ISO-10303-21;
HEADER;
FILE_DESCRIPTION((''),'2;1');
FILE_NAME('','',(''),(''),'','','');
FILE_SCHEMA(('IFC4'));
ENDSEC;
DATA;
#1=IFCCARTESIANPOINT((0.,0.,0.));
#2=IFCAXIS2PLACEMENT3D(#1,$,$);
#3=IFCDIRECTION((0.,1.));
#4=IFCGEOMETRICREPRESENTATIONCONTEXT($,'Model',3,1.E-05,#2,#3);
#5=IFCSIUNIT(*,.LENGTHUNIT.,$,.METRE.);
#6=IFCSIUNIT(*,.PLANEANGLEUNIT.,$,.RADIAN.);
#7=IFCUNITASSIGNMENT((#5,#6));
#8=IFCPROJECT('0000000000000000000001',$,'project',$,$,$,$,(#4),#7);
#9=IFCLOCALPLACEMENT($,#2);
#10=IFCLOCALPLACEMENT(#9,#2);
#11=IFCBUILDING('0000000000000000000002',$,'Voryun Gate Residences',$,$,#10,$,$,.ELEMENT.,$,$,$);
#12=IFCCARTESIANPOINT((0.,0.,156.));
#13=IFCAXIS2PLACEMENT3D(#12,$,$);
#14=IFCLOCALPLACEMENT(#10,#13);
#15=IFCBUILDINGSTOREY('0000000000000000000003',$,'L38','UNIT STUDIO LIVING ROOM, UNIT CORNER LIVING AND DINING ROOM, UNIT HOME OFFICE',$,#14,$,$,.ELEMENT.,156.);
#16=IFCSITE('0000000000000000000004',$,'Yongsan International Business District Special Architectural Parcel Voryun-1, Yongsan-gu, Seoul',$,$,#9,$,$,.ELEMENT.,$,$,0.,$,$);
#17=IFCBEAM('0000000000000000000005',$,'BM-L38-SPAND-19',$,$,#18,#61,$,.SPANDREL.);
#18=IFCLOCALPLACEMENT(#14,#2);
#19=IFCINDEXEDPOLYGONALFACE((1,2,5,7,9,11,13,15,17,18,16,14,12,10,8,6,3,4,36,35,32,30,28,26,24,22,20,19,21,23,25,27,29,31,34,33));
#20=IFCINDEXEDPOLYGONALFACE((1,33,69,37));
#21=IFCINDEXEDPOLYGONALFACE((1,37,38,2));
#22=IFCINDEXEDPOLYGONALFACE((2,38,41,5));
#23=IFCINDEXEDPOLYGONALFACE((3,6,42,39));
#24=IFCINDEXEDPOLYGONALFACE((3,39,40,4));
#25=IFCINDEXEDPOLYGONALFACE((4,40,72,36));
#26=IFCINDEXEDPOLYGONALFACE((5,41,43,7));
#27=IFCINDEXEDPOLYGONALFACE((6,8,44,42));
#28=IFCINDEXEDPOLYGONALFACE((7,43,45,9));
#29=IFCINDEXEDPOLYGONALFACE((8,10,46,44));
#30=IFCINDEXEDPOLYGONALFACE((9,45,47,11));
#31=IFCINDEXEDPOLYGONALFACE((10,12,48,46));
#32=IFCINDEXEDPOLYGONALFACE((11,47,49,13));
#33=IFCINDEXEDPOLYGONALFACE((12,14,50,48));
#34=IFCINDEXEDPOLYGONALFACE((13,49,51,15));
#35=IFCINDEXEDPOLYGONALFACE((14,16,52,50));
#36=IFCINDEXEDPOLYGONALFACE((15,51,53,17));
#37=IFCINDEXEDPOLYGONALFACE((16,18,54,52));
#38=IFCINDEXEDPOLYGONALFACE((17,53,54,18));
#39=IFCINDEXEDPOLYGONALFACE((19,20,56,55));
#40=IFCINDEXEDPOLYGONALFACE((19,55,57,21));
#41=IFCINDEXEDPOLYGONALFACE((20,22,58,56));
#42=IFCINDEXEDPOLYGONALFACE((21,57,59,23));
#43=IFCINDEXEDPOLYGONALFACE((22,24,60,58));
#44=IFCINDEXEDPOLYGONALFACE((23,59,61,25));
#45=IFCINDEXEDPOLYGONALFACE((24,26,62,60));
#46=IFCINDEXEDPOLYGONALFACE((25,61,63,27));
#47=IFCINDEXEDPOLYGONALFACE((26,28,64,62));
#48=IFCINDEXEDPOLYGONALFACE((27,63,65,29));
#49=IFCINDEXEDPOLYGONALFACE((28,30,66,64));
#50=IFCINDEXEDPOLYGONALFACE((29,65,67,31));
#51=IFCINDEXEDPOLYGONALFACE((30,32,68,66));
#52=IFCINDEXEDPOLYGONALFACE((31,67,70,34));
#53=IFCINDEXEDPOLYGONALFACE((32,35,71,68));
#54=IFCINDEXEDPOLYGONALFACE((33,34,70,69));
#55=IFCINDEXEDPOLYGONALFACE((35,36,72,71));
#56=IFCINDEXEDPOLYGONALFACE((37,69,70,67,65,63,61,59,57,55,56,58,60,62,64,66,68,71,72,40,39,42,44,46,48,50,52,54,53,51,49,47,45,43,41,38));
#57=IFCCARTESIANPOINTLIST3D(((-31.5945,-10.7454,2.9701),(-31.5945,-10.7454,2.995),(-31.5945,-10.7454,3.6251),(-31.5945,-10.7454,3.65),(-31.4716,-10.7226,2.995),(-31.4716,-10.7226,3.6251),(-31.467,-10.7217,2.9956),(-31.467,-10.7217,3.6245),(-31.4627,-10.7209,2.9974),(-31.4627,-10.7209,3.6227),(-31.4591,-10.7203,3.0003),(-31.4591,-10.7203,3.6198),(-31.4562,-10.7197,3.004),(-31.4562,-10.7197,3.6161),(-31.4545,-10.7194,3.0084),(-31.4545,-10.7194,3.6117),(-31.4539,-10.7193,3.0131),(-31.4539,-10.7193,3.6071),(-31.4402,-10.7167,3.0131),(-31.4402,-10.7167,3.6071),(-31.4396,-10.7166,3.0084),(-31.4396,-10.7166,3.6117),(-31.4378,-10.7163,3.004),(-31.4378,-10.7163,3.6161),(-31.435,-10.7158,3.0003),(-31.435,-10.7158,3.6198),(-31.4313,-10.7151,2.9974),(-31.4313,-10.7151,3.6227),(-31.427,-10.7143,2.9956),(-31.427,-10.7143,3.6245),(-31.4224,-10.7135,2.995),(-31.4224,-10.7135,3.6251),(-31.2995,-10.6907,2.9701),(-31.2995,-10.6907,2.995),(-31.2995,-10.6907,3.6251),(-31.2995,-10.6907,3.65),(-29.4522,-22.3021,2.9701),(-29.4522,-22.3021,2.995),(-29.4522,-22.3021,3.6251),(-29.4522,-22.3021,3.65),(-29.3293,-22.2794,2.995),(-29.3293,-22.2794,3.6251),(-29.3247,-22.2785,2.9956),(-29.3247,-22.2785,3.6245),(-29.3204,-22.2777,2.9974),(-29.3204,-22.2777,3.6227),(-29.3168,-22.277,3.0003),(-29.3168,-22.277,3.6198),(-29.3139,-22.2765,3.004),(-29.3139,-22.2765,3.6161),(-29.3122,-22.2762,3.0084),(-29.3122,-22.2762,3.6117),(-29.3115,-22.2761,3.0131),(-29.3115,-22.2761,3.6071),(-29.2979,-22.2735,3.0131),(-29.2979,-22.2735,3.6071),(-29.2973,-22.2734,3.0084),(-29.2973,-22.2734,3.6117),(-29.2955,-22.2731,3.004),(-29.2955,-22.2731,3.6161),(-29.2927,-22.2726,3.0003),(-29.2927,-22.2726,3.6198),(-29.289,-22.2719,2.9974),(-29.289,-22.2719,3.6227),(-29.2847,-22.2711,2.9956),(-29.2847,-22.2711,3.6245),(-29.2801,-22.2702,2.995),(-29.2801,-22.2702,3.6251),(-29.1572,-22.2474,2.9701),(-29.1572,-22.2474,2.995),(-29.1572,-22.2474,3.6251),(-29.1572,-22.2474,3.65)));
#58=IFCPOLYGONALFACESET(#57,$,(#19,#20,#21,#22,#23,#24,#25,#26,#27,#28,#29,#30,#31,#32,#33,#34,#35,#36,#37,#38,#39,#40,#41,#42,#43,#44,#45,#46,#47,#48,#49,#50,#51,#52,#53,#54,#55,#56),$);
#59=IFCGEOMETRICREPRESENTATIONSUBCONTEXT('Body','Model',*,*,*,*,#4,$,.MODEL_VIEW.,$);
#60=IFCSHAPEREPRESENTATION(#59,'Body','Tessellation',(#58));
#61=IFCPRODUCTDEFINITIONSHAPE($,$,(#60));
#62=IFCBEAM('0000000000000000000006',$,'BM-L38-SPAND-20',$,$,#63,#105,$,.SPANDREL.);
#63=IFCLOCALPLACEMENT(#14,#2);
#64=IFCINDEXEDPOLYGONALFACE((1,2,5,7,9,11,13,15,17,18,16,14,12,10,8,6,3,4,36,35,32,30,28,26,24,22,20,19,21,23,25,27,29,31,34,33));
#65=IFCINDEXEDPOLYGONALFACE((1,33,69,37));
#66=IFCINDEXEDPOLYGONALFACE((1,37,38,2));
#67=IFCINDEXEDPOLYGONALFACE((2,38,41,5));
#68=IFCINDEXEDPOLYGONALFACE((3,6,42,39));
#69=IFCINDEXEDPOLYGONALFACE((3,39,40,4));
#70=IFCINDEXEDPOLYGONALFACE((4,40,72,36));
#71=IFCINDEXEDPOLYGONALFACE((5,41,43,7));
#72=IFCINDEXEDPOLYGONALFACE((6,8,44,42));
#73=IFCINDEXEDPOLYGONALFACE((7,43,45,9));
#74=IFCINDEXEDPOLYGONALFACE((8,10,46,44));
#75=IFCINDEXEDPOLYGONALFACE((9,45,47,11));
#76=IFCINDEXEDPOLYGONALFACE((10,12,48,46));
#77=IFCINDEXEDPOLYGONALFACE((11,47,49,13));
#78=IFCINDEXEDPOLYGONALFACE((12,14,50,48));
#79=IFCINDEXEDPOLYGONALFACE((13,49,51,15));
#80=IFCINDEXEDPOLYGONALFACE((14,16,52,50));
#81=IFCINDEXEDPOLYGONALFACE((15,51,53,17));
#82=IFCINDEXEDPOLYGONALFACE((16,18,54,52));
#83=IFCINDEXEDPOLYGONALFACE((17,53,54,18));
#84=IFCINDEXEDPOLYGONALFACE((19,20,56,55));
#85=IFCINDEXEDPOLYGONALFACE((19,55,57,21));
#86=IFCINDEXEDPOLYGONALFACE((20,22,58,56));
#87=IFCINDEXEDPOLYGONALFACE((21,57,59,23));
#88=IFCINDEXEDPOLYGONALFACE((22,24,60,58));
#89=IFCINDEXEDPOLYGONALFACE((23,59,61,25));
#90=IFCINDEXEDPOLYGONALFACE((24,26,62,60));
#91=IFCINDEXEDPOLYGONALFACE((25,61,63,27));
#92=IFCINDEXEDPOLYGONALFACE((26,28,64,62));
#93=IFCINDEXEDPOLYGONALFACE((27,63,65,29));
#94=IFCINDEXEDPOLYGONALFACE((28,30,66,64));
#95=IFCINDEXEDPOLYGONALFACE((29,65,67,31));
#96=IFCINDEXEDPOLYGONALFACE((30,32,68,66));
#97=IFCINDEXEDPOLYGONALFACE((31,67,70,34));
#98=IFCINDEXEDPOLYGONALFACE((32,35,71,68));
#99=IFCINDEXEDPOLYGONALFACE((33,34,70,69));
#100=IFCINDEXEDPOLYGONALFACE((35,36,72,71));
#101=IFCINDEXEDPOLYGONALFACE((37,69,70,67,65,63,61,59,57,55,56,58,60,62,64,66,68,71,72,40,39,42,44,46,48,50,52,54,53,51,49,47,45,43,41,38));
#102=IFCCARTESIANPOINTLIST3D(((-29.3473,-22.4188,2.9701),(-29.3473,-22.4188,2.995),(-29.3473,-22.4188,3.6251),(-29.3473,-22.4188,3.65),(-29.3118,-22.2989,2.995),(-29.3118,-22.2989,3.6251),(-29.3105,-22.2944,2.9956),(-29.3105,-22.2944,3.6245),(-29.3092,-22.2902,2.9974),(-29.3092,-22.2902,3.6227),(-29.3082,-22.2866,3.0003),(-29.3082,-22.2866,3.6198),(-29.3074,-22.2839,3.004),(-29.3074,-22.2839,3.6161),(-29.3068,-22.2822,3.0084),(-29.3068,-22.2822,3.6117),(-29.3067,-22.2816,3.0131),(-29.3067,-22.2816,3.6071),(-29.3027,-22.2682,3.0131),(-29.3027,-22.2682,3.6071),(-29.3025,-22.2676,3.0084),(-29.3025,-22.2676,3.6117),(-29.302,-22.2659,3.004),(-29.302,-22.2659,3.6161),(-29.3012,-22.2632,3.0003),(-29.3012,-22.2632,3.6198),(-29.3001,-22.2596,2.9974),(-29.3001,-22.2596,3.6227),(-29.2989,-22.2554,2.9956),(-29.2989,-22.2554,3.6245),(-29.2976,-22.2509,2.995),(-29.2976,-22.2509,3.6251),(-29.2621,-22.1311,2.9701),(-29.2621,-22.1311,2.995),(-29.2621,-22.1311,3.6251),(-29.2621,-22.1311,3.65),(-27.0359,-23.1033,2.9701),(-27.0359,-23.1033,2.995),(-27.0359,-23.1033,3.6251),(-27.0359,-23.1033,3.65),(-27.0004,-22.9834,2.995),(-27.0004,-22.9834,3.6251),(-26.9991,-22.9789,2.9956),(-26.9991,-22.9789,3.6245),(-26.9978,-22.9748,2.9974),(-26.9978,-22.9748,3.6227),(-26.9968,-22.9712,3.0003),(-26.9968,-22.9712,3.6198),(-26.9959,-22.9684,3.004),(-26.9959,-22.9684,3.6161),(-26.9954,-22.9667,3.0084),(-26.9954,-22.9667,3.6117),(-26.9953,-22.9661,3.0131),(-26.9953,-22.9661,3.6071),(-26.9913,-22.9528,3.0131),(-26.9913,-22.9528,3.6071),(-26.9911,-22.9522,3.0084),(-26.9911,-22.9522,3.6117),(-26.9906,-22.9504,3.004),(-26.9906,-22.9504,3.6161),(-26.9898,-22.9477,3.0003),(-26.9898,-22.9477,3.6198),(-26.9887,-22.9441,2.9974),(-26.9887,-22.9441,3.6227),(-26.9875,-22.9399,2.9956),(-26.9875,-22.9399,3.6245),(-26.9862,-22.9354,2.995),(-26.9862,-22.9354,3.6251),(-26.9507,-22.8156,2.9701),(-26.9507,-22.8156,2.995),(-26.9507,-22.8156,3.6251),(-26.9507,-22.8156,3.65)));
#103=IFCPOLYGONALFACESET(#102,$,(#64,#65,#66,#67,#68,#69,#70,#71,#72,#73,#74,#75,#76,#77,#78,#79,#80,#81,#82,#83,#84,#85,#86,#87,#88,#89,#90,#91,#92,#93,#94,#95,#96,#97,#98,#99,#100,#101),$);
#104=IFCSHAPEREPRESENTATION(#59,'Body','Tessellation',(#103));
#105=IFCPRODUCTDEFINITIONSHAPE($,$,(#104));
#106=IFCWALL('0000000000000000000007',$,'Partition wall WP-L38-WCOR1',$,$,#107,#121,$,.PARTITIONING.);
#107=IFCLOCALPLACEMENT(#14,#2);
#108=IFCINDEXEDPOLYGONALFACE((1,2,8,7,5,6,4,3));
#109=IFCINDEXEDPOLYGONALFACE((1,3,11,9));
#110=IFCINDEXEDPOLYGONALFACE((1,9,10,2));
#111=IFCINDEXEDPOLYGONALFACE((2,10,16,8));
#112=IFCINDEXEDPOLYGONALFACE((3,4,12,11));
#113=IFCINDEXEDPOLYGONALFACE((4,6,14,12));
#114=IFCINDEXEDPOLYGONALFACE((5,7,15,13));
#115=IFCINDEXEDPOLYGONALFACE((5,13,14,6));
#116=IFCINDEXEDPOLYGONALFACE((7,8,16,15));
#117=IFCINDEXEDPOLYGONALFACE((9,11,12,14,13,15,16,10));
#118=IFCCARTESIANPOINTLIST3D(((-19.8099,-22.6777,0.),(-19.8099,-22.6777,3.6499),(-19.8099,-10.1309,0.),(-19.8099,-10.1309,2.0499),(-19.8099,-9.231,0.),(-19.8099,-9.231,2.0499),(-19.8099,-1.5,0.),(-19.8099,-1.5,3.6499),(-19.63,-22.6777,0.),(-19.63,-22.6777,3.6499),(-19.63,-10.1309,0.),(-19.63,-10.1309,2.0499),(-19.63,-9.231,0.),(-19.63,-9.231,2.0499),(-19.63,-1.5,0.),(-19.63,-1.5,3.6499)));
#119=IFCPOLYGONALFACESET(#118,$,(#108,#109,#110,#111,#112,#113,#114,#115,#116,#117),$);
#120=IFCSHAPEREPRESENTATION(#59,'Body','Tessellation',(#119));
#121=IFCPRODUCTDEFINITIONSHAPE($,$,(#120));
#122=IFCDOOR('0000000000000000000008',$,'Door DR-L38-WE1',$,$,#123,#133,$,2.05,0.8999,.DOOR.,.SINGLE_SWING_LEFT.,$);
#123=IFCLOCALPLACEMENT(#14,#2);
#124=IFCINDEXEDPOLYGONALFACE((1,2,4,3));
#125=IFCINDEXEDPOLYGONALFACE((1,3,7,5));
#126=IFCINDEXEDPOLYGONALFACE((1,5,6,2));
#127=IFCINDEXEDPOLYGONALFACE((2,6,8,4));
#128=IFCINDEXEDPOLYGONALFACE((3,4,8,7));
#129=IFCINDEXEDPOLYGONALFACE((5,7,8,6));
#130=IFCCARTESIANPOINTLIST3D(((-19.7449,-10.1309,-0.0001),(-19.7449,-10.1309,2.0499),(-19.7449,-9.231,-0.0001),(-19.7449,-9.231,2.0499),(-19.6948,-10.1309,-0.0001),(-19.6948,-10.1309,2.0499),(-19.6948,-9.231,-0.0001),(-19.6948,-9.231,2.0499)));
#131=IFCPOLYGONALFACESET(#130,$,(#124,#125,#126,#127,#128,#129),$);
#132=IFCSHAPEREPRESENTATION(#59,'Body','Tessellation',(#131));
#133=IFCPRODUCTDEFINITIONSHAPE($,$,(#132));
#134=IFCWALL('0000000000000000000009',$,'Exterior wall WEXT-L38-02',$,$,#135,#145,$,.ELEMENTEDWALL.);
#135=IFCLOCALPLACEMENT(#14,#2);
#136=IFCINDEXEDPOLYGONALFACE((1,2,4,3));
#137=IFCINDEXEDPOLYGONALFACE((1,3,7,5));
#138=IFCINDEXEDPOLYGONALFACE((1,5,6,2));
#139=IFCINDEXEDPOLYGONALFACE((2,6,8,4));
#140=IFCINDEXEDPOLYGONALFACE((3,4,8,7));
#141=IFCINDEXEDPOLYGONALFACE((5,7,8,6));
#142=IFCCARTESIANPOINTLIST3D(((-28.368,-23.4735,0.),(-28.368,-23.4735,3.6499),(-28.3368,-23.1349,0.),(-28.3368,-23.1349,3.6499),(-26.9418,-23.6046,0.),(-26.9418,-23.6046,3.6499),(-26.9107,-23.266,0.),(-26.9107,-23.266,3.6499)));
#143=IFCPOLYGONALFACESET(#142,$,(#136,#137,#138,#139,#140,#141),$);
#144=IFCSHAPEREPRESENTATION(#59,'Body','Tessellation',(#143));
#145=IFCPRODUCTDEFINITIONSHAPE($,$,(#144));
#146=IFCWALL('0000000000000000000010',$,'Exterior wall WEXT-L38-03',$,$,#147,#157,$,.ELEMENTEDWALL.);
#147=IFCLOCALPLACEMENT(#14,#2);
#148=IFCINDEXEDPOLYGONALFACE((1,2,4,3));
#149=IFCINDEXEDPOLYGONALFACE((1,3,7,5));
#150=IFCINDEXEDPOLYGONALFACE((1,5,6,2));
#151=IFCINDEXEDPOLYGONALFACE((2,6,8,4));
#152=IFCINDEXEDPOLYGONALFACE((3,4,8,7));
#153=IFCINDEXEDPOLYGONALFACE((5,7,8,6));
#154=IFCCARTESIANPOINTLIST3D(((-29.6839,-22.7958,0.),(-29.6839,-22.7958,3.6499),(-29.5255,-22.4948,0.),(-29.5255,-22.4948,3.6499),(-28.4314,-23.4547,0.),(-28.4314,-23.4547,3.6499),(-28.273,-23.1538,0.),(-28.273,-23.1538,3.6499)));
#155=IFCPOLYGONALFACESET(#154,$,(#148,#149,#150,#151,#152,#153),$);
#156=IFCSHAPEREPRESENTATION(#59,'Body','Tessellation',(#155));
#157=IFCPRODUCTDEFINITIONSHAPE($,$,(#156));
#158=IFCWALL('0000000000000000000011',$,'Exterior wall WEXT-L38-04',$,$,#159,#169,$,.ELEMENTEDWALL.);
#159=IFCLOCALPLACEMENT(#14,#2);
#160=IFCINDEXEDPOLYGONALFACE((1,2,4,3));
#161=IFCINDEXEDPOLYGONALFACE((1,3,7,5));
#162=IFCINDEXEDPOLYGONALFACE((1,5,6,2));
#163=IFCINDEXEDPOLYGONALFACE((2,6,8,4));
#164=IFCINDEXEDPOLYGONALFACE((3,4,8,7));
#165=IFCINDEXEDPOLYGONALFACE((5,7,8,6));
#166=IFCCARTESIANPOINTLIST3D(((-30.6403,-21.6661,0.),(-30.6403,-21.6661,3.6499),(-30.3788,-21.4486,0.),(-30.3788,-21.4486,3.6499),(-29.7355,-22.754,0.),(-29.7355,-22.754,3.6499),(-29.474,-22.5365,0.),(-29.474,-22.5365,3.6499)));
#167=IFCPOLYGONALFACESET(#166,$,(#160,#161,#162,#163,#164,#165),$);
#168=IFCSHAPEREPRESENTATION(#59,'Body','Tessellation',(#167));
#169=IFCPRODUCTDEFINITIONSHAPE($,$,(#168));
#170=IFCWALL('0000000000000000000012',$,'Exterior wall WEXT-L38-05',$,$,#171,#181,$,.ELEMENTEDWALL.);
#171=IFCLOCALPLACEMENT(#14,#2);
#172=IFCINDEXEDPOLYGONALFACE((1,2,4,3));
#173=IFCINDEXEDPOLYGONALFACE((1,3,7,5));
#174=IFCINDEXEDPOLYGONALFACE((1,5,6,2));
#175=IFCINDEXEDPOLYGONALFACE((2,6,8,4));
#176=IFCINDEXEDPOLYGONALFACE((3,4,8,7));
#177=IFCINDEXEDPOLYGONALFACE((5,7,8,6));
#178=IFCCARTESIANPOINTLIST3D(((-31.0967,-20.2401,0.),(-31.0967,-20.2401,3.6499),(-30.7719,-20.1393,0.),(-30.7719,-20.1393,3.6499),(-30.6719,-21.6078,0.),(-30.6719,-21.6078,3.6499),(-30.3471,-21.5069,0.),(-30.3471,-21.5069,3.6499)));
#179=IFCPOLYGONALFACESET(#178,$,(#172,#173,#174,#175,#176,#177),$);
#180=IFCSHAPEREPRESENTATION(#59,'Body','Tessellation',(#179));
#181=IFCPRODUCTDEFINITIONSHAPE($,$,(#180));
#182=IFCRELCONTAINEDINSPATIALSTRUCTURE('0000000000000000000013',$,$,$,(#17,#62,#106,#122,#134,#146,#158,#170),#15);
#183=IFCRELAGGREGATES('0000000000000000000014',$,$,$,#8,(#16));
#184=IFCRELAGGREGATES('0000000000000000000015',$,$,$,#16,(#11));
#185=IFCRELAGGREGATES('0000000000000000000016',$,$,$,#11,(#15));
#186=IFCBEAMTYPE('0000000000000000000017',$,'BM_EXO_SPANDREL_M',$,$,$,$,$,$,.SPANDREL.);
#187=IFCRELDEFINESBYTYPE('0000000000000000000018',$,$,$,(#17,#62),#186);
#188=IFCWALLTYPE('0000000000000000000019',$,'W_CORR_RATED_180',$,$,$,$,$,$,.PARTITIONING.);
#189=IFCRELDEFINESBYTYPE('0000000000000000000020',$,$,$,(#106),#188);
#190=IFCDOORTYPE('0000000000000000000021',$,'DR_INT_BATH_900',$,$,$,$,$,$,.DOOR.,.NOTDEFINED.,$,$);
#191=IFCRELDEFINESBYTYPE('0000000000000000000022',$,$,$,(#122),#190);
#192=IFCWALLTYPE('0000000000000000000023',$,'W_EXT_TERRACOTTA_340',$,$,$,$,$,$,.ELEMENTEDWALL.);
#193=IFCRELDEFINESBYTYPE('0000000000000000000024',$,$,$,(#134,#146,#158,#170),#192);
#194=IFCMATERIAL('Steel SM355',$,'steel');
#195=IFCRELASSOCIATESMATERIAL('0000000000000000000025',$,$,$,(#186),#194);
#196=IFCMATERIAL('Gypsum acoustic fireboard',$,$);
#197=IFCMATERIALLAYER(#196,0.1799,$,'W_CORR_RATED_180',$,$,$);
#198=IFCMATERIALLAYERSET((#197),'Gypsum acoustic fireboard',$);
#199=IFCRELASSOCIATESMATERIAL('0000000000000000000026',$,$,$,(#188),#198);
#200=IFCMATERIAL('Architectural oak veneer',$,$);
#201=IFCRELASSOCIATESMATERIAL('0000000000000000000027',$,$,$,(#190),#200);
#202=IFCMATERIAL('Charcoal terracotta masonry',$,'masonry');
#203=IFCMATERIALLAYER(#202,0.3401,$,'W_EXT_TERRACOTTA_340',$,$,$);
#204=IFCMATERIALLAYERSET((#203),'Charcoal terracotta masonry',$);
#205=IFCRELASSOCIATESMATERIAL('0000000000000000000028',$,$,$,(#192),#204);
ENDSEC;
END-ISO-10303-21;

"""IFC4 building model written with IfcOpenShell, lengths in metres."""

from ifc_helpers import new_model, si_unit, direction, frame, frame_2d, origin, origin_2d, place, context, subcontext, project, spatial, rectangle, i_section, extrude, material, layer, layer_set, material_profile, profile_set, type_object, element, fill, save


model = new_model("IFC4")

# Units and contexts
model_context = context("Model", 3, precision=1e-05, world=origin(), true_north=direction((0.0, 1.0)))
body_context = subcontext(model_context, "Body", "Model", "MODEL_VIEW")
ifc_project = project(units=[si_unit("LENGTHUNIT", "METRE"), si_unit("PLANEANGLEUNIT", "RADIAN")], contexts=[model_context])

# Site, building, storey
site_placement = place(None, origin())
site = spatial("IfcSite", under=ifc_project, at=site_placement, Name="Yongsan International Business District Special Architectural Parcel Voryun-1, Yongsan-gu, Seoul", CompositionType="ELEMENT", RefElevation=0.0)
building_placement = place(site_placement, origin())
building = spatial("IfcBuilding", under=site, at=building_placement, Name="Voryun Gate Residences", CompositionType="ELEMENT")
storey_placement = place(building_placement, frame((0.0, 0.0, 156.0)))
storey = spatial("IfcBuildingStorey", under=building, at=storey_placement, Name="L38", Description="UNIT STUDIO LIVING ROOM, UNIT CORNER LIVING AND DINING ROOM, UNIT HOME OFFICE", CompositionType="ELEMENT", Elevation=156.0)

# Beams
ifc_material_1 = material(Name="Steel SM355", Category="steel")
ifc_material_profile_1 = material_profile(ifc_material_1, i_section(OverallWidth=0.3, OverallDepth=0.6799, WebThickness=0.0139, FlangeThickness=0.0249, FilletRadius=0.0181, at=origin_2d()), Name="H-680x300x14x25")
ifc_profile_set_1 = profile_set([ifc_material_profile_1], Name="Steel SM355")
beam_type = type_object("IfcBeamType", Name="BM_EXO_SPANDREL_M", PredefinedType="SPANDREL", material=ifc_profile_set_1)
beam_1_placement = place(storey_placement, frame((-31.447, -10.718, 3.3101), z_axis=(0.182268, -0.983249, 0.0), x_axis=(0.983249, 0.182268, 0.0)))
element("IfcBeam", 1, at=beam_1_placement, inside=storey, type_object=beam_type, Name="BM-L38-SPAND-19", PredefinedType="SPANDREL", context=body_context, shape_type="SweptSolid", body=[
    extrude(i_section(OverallWidth=0.3, OverallDepth=0.6799, WebThickness=0.0139, FlangeThickness=0.0249, FilletRadius=0.0181, at=origin_2d()), origin(), (0.0, 0.0, 1.0), 11.7537),
])
beam_2_placement = place(storey_placement, frame((-29.3047, -22.2749, 3.3101), z_axis=(0.958835, -0.283964, 0.0), x_axis=(0.283964, 0.958835, 0.0)))
element("IfcBeam", 2, at=beam_2_placement, inside=storey, type_object=beam_type, Name="BM-L38-SPAND-20", PredefinedType="SPANDREL", context=body_context, shape_type="SweptSolid", body=[
    extrude(i_section(OverallWidth=0.3, OverallDepth=0.6799, WebThickness=0.0139, FlangeThickness=0.0249, FilletRadius=0.0181, at=origin_2d()), origin(), (0.0, 0.0, 1.0), 2.4106),
])

# Wall, opening, door
ifc_material_2 = material(Name="Gypsum acoustic fireboard")
ifc_layer_1 = layer(ifc_material_2, 0.1799, Name="W_CORR_RATED_180")
ifc_layer_set_1 = layer_set([ifc_layer_1], Name="Gypsum acoustic fireboard")
wall_type_1 = type_object("IfcWallType", Name="W_CORR_RATED_180", PredefinedType="PARTITIONING", material=ifc_layer_set_1)
wall_1_placement = place(storey_placement, frame((-19.72, -22.6777, 0.0), z_axis=(0.0, 0.0, 1.0), x_axis=(0.0, 1.0, 0.0)))
wall_1 = element("IfcWall", 3, at=wall_1_placement, inside=storey, type_object=wall_type_1, Name="Partition wall WP-L38-WCOR1", PredefinedType="PARTITIONING", context=body_context, shape_type="SweptSolid", body=[
    extrude(rectangle(XDim=21.1777, YDim=0.1799, at=frame_2d((10.5889, 0.0))), origin(), (0.0, 0.0, 1.0), 3.6499),
])
opening_1_placement = place(wall_1_placement, frame((12.5469, 0.0, 0.0)))
opening_1 = element("IfcOpeningElement", 4, at=opening_1_placement, cuts=wall_1, PredefinedType="OPENING", context=body_context, shape_type="SweptSolid", body=[
    extrude(rectangle(XDim=0.8999, YDim=2.05, at=frame_2d((0.45, 1.0249))), frame((0.0, 0.0999, 0.0), z_axis=(0.0, -1.0, 0.0), x_axis=(1.0, 0.0, 0.0)), (0.0, 0.0, 1.0), 0.2),
])
ifc_material_3 = material(Name="Architectural oak veneer")
door_type_1 = type_object("IfcDoorType", Name="DR_INT_BATH_900", OperationType="NOTDEFINED", PredefinedType="DOOR", material=ifc_material_3)
door_1_placement = place(opening_1_placement, origin())
door_1 = element("IfcDoor", 5, at=door_1_placement, inside=storey, type_object=door_type_1, Name="Door DR-L38-WE1", OperationType="SINGLE_SWING_LEFT", OverallHeight=2.05, OverallWidth=0.8999, PredefinedType="DOOR", context=body_context, shape_type="SweptSolid", body=[
    extrude(rectangle(XDim=0.8999, YDim=2.05, at=frame_2d((0.45, 1.0249))), frame((0.0, 0.0249, 0.0), z_axis=(0.0, -1.0, 0.0), x_axis=(1.0, 0.0, 0.0)), (0.0, 0.0, 1.0), 0.05),
])
fill(opening_1, door_1)

# Walls
ifc_material_4 = material(Name="Charcoal terracotta masonry", Category="masonry")
ifc_layer_2 = layer(ifc_material_4, 0.3401, Name="W_EXT_TERRACOTTA_340")
ifc_layer_set_2 = layer_set([ifc_layer_2], Name="Charcoal terracotta masonry")
wall_type_2 = type_object("IfcWallType", Name="W_EXT_TERRACOTTA_340", PredefinedType="ELEMENTEDWALL", material=ifc_layer_set_2)
wall_2_placement = place(storey_placement, frame((-26.9263, -23.4353, 0.0), z_axis=(0.0, 0.0, 1.0), x_axis=(-0.9958, 0.09155, 0.0)))
element("IfcWall", 6, at=wall_2_placement, inside=storey, type_object=wall_type_2, Name="Exterior wall WEXT-L38-02", PredefinedType="ELEMENTEDWALL", context=body_context, shape_type="SweptSolid", body=[
    extrude(rectangle(XDim=1.4321, YDim=0.3401, at=frame_2d((0.7161, 0.0))), origin(), (0.0, 0.0, 1.0), 3.6499),
])
wall_3_placement = place(storey_placement, frame((-28.3523, -23.3042, 0.0), z_axis=(0.0, 0.0, 1.0), x_axis=(-0.884989, 0.465611, 0.0)))
element("IfcWall", 7, at=wall_3_placement, inside=storey, type_object=wall_type_2, Name="Exterior wall WEXT-L38-03", PredefinedType="ELEMENTEDWALL", context=body_context, shape_type="SweptSolid", body=[
    extrude(rectangle(XDim=1.4153, YDim=0.3401, at=frame_2d((0.7075, 0.0))), origin(), (0.0, 0.0, 1.0), 3.6499),
])
wall_4_placement = place(storey_placement, frame((-29.6047, -22.6453, 0.0), z_axis=(0.0, 0.0, 1.0), x_axis=(-0.639437, 0.768843, 0.0)))
element("IfcWall", 8, at=wall_4_placement, inside=storey, type_object=wall_type_2, Name="Exterior wall WEXT-L38-04", PredefinedType="ELEMENTEDWALL", context=body_context, shape_type="SweptSolid", body=[
    extrude(rectangle(XDim=1.415, YDim=0.3401, at=frame_2d((0.7075, 0.0))), origin(), (0.0, 0.0, 1.0), 3.6499),
])
wall_5_placement = place(storey_placement, frame((-30.5095, -21.5574, 0.0), z_axis=(0.0, 0.0, 1.0), x_axis=(-0.296624, 0.954994, 0.0)))
element("IfcWall", 9, at=wall_5_placement, inside=storey, type_object=wall_type_2, Name="Exterior wall WEXT-L38-05", PredefinedType="ELEMENTEDWALL", context=body_context, shape_type="SweptSolid", body=[
    extrude(rectangle(XDim=1.4321, YDim=0.3401, at=frame_2d((0.7161, 0.0))), origin(), (0.0, 0.0, 1.0), 3.6499),
])

save(model, "model.ifc")
